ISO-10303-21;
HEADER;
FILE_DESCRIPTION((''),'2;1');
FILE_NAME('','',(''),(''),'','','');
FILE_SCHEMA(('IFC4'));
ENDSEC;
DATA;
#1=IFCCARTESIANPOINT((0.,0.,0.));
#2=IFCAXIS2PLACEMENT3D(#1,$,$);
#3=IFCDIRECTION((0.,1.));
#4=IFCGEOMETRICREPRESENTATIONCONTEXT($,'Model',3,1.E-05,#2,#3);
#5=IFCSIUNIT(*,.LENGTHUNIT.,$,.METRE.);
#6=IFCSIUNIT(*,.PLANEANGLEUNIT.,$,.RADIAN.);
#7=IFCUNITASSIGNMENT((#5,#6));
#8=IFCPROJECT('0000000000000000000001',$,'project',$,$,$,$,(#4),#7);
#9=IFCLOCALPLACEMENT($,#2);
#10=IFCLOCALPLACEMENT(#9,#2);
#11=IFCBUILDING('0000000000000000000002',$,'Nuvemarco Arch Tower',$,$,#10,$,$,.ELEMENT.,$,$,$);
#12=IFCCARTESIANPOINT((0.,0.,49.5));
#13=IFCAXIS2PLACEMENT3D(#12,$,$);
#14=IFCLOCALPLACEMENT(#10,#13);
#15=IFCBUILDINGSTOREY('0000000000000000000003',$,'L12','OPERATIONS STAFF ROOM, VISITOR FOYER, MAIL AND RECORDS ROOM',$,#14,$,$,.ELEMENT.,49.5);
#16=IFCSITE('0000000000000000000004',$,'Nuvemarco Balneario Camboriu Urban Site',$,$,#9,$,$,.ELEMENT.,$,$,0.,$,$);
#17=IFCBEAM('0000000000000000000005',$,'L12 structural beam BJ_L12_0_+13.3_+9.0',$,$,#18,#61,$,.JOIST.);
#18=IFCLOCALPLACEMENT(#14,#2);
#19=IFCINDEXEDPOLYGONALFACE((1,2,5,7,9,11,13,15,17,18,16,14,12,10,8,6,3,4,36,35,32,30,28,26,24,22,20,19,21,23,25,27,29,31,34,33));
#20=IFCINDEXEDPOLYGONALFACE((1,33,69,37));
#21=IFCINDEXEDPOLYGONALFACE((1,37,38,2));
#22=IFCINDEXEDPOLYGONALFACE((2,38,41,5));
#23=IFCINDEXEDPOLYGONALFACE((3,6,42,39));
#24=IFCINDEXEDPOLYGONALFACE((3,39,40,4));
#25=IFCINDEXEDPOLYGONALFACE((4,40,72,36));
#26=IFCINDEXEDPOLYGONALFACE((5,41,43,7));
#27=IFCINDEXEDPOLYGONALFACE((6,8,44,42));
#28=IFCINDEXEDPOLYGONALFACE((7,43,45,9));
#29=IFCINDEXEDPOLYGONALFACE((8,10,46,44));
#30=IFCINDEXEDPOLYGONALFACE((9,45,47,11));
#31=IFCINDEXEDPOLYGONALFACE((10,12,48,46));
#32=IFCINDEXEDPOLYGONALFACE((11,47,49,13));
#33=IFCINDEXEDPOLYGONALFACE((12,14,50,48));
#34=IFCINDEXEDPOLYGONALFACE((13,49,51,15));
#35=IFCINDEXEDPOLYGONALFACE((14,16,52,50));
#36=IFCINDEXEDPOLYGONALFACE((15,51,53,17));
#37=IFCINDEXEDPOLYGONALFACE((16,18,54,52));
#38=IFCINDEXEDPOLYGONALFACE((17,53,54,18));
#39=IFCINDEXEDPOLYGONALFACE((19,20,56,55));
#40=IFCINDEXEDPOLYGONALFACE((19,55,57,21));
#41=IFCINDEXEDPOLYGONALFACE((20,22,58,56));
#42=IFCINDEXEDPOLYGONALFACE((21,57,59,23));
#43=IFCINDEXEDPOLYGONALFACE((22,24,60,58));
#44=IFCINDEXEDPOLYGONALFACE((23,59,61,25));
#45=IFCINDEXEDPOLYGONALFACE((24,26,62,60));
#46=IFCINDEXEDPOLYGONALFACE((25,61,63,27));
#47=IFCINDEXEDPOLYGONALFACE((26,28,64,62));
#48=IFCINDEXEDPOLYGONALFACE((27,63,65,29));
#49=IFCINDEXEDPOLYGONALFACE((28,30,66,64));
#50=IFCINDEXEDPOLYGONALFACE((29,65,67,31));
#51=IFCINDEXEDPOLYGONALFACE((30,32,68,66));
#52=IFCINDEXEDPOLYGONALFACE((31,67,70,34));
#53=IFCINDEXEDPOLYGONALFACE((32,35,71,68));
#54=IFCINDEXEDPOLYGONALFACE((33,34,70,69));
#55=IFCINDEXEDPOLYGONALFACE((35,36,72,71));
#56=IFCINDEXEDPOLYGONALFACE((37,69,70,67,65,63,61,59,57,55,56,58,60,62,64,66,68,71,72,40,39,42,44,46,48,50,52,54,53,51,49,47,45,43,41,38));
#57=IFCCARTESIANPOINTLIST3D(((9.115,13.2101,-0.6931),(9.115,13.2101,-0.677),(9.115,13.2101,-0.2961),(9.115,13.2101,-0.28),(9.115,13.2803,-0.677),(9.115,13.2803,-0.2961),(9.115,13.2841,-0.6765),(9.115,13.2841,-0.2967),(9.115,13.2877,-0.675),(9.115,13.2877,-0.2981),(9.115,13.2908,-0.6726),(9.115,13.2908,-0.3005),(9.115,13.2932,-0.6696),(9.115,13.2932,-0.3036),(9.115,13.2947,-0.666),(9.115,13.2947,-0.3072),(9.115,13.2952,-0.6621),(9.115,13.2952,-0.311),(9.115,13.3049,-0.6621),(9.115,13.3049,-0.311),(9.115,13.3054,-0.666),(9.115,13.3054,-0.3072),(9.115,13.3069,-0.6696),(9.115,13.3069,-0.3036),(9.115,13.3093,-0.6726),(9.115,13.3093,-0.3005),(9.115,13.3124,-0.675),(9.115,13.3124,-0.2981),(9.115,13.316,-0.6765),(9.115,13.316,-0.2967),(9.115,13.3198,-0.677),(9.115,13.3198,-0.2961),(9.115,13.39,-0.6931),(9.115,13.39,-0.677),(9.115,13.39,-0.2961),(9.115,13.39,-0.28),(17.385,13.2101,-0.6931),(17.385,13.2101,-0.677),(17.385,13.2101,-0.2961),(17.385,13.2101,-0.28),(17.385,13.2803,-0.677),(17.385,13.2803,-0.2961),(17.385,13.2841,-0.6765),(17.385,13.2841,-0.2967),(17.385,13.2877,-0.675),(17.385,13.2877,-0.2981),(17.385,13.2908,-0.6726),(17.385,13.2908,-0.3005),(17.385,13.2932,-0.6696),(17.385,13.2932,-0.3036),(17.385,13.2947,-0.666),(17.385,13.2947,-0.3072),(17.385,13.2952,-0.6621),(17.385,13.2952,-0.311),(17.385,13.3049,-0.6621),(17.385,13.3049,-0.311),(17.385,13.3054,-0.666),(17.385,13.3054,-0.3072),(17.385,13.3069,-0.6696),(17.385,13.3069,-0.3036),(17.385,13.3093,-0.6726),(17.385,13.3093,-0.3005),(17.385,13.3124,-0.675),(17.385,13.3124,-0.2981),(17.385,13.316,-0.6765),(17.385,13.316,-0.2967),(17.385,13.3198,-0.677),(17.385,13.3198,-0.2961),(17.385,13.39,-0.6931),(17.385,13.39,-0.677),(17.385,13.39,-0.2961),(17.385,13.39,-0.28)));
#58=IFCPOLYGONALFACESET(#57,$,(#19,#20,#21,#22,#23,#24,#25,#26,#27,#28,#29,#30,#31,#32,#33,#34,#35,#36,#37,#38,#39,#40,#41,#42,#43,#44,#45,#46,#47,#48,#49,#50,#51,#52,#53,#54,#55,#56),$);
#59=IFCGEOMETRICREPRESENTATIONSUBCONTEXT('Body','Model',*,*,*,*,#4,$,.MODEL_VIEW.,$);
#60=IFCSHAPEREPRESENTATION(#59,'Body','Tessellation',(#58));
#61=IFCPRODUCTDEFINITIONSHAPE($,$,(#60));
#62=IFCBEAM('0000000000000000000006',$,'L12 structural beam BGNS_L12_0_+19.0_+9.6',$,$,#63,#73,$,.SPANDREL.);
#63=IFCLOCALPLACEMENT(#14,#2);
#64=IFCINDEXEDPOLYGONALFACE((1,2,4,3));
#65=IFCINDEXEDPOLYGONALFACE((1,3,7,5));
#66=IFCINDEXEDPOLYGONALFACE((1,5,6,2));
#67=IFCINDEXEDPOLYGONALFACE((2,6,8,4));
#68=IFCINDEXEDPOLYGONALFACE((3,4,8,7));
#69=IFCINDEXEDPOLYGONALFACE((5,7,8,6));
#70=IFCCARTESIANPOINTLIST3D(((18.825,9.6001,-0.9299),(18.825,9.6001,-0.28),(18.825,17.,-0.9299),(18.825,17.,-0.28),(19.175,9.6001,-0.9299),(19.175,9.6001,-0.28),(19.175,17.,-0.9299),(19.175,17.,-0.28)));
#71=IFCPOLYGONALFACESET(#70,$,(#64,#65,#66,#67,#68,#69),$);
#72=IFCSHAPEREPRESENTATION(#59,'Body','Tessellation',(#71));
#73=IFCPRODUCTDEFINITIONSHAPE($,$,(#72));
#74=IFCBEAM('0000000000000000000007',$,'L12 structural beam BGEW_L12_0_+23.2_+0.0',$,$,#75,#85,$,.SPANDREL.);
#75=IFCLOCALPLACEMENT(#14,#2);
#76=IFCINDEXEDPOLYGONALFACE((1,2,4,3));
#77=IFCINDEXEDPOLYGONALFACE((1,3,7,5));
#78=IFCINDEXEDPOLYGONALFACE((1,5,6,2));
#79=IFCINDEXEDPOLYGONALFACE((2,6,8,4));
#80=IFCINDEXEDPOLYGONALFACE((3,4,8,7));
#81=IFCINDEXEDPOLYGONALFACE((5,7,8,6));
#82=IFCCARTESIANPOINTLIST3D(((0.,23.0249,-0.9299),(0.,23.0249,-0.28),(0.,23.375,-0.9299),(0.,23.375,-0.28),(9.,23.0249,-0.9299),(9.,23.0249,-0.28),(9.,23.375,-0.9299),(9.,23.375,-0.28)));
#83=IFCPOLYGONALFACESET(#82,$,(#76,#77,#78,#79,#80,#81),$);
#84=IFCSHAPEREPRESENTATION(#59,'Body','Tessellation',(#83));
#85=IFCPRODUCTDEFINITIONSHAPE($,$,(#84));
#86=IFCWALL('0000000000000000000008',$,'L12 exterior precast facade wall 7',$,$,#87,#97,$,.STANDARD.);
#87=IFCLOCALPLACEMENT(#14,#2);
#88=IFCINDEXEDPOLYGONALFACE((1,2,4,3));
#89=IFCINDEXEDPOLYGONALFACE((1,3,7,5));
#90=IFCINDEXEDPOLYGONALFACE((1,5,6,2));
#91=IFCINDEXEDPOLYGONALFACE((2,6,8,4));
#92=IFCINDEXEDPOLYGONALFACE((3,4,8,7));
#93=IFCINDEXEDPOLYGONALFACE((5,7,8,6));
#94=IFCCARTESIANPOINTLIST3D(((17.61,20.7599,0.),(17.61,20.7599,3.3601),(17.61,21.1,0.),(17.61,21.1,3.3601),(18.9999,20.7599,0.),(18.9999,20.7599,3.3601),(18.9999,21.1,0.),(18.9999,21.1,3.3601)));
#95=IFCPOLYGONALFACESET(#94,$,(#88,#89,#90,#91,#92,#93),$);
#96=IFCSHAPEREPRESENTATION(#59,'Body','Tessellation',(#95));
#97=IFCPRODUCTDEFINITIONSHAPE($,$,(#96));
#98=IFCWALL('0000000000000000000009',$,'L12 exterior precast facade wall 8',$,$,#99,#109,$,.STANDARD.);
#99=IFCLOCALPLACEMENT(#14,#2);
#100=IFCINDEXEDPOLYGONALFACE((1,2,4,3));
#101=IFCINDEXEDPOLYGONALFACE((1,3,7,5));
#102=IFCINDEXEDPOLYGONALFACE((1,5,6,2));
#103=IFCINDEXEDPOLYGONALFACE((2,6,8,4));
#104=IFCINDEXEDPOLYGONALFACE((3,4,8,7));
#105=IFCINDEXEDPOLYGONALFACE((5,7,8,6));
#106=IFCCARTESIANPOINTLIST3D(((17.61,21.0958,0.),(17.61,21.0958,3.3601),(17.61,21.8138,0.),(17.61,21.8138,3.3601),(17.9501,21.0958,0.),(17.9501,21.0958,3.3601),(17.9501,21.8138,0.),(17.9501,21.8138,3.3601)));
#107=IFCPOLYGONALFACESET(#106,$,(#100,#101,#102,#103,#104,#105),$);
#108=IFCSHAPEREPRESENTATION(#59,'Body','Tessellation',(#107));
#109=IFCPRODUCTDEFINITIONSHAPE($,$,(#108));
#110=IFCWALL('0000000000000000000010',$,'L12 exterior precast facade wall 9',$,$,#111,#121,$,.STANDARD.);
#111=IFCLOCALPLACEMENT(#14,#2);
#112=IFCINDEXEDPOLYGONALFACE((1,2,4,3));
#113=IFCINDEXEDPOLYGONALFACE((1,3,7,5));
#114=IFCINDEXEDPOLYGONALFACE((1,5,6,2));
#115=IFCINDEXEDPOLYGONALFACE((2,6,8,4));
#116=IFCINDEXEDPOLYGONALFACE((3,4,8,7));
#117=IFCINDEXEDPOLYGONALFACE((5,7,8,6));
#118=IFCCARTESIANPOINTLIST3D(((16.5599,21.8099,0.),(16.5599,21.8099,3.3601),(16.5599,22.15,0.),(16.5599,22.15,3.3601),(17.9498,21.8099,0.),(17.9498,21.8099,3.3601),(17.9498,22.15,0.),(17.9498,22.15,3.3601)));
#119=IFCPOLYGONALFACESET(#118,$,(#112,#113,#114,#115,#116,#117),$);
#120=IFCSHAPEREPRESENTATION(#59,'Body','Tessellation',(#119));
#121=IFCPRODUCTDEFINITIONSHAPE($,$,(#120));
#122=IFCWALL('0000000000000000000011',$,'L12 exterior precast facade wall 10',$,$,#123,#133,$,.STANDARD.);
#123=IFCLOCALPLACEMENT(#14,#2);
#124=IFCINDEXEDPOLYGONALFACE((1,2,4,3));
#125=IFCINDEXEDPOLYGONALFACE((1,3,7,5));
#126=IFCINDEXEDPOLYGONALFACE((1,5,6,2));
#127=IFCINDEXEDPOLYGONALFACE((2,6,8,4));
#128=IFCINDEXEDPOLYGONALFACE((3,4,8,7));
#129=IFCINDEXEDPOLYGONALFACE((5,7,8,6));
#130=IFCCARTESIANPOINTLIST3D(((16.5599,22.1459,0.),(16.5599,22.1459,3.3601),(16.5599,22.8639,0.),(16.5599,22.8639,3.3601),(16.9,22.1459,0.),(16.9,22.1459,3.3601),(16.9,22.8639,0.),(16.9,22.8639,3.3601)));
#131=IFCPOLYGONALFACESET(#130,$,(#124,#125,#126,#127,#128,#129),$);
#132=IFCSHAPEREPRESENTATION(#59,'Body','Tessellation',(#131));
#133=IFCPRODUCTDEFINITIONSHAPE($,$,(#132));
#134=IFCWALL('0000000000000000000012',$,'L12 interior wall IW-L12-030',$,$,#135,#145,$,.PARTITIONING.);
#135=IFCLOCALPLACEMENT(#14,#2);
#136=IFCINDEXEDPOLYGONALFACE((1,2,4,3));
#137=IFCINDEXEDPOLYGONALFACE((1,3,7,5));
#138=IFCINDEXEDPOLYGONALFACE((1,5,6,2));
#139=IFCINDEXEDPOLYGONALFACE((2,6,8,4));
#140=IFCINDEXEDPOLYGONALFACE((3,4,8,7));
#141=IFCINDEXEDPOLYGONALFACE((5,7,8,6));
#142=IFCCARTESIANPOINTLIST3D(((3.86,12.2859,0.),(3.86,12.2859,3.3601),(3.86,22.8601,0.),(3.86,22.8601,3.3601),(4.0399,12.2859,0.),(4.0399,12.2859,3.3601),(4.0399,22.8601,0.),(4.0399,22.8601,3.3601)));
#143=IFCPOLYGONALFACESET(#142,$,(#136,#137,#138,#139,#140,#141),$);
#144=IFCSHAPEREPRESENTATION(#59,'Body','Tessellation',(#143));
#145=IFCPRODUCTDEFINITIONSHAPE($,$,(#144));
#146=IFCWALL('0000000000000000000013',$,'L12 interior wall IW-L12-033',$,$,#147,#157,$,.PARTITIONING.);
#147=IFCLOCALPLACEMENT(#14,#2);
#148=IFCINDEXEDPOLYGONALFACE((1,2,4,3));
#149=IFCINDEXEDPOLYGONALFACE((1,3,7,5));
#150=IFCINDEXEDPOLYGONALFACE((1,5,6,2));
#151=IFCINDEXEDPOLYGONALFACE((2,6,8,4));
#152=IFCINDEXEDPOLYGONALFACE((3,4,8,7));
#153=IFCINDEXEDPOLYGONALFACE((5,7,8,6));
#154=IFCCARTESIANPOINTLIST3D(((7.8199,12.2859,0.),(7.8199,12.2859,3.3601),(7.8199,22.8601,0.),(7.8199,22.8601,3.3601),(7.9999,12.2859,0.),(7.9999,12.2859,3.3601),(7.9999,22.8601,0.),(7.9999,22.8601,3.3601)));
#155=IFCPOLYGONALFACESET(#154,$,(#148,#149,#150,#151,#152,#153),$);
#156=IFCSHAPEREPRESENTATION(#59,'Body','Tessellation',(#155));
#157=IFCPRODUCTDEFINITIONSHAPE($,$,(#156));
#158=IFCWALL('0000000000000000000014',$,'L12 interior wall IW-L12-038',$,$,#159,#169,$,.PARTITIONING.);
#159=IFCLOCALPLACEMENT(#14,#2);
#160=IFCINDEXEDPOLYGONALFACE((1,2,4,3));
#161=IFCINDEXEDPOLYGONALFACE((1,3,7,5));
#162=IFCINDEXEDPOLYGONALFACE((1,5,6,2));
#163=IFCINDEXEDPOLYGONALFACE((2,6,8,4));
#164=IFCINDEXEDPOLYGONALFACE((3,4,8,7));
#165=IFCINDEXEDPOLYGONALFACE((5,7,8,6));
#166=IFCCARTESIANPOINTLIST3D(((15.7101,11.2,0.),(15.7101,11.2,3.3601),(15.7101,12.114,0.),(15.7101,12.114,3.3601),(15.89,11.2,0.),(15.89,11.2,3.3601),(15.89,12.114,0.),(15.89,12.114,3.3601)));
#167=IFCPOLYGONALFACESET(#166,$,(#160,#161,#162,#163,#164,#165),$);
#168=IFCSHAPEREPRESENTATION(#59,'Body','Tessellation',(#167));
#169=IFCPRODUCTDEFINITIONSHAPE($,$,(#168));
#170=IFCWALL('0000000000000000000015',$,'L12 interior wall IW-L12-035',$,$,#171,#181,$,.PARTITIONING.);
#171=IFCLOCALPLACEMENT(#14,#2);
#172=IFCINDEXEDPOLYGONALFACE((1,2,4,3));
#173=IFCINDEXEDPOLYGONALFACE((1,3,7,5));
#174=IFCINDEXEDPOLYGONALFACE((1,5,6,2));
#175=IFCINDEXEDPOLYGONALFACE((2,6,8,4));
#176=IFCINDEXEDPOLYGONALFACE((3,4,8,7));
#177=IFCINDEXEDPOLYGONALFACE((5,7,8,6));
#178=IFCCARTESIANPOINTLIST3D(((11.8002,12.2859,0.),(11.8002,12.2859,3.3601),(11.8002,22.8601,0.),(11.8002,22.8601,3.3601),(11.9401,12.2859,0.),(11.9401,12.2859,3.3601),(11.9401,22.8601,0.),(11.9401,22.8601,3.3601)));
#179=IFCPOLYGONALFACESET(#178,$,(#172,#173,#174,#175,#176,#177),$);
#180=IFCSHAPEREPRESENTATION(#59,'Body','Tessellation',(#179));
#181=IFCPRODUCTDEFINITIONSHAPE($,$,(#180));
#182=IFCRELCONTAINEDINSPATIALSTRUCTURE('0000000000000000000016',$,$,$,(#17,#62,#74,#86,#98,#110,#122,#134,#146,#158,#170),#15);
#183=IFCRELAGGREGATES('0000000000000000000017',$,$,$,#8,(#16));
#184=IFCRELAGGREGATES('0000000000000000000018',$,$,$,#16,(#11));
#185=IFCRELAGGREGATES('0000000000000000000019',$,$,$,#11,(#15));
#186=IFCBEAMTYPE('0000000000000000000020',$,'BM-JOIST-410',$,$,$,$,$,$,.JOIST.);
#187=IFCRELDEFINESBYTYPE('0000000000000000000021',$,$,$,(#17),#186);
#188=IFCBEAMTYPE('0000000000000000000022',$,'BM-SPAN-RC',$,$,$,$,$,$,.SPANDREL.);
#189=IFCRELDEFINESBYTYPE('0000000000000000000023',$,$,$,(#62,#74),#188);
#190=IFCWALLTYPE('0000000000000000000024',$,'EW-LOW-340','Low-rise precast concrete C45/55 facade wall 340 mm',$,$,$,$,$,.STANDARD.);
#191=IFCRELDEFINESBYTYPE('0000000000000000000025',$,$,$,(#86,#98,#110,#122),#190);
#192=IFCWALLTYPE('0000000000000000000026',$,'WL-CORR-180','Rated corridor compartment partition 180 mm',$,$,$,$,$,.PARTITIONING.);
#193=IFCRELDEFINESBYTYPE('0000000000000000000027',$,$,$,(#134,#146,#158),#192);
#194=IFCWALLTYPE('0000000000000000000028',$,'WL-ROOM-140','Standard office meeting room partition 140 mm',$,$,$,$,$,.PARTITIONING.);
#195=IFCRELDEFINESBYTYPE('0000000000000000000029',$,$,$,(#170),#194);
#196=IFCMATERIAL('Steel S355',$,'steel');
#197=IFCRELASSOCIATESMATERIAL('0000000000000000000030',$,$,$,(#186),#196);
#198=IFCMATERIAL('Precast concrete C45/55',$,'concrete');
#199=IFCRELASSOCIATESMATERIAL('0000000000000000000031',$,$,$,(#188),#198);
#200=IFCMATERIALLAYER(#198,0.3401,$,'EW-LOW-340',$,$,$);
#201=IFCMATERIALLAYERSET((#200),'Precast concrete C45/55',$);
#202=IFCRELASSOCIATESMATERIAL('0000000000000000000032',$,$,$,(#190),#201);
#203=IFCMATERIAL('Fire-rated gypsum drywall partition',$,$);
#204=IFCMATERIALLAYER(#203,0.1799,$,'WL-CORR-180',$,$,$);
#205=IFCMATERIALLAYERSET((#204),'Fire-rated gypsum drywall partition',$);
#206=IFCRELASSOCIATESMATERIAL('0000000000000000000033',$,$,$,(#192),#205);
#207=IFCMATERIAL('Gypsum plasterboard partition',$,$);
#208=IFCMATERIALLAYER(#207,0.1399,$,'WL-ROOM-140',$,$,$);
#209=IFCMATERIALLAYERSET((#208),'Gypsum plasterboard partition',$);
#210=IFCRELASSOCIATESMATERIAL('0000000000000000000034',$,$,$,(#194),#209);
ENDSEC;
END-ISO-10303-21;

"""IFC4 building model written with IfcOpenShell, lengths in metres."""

from ifc_helpers import new_model, si_unit, direction, frame, frame_2d, origin, origin_2d, place, context, subcontext, project, spatial, rectangle, i_section, extrude, material, layer, layer_set, material_profile, profile_set, type_object, element, save


model = new_model("IFC4")

# Units and contexts
model_context = context("Model", 3, precision=1e-05, world=origin(), true_north=direction((0.0, 1.0)))
body_context = subcontext(model_context, "Body", "Model", "MODEL_VIEW")
ifc_project = project(units=[si_unit("LENGTHUNIT", "METRE"), si_unit("PLANEANGLEUNIT", "RADIAN")], contexts=[model_context])

# Site, building, storey
site_placement = place(None, origin())
site = spatial("IfcSite", under=ifc_project, at=site_placement, Name="Nuvemarco Balneario Camboriu Urban Site", CompositionType="ELEMENT", RefElevation=0.0)
building_placement = place(site_placement, origin())
building = spatial("IfcBuilding", under=site, at=building_placement, Name="Nuvemarco Arch Tower", CompositionType="ELEMENT")
storey_placement = place(building_placement, frame((0.0, 0.0, 49.5)))
storey = spatial("IfcBuildingStorey", under=building, at=storey_placement, Name="L12", Description="OPERATIONS STAFF ROOM, VISITOR FOYER, MAIL AND RECORDS ROOM", CompositionType="ELEMENT", Elevation=49.5)

# Shared definitions
ifc_material_1 = material(Name="Steel S355", Category="steel")

# Beams
ifc_material_profile_1 = material_profile(ifc_material_1, i_section(OverallWidth=0.1799, OverallDepth=0.4131, WebThickness=0.0098, FlangeThickness=0.0161, FilletRadius=0.0149, at=origin_2d()), Name="W410x75")
ifc_profile_set_1 = profile_set([ifc_material_profile_1], Name="Steel S355")
beam_type_1 = type_object("IfcBeamType", Name="BM-JOIST-410", PredefinedType="JOIST", material=ifc_profile_set_1)
beam_1_placement = place(storey_placement, frame((9.115, 13.3, -0.4866), z_axis=(1.0, 0.0, 0.0), x_axis=(0.0, 1.0, 0.0)))
element("IfcBeam", 1, at=beam_1_placement, inside=storey, type_object=beam_type_1, Name="L12 structural beam BJ_L12_0_+13.3_+9.0", PredefinedType="JOIST", context=body_context, shape_type="SweptSolid", body=[
    extrude(i_section(OverallWidth=0.1799, OverallDepth=0.4131, WebThickness=0.0098, FlangeThickness=0.0161, FilletRadius=0.0149, at=origin_2d()), origin(), (0.0, 0.0, 1.0), 8.27),
])
ifc_material_2 = material(Name="Precast concrete C45/55", Category="concrete")
ifc_material_profile_2 = material_profile(ifc_material_2, rectangle(XDim=0.3501, YDim=0.6499, at=origin_2d()), Name="PC-SP-350x650")
ifc_profile_set_2 = profile_set([ifc_material_profile_2], Name="Precast concrete C45/55")
beam_type_2 = type_object("IfcBeamType", Name="BM-SPAN-RC", PredefinedType="SPANDREL", material=ifc_profile_set_2)
beam_2_placement = place(storey_placement, frame((19.0, 9.6001, -0.605), z_axis=(0.0, 1.0, 0.0), x_axis=(-1.0, 0.0, 0.0)))
element("IfcBeam", 2, at=beam_2_placement, inside=storey, type_object=beam_type_2, Name="L12 structural beam BGNS_L12_0_+19.0_+9.6", PredefinedType="SPANDREL", context=body_context, shape_type="SweptSolid", body=[
    extrude(rectangle(XDim=0.3501, YDim=0.6499, at=origin_2d()), origin(), (0.0, 0.0, 1.0), 7.3999),
])
beam_3_placement = place(storey_placement, frame((0.0, 23.2, -0.605), z_axis=(1.0, 0.0, 0.0), x_axis=(0.0, 1.0, 0.0)))
element("IfcBeam", 3, at=beam_3_placement, inside=storey, type_object=beam_type_2, Name="L12 structural beam BGEW_L12_0_+23.2_+0.0", PredefinedType="SPANDREL", context=body_context, shape_type="SweptSolid", body=[
    extrude(rectangle(XDim=0.3501, YDim=0.6499, at=origin_2d()), origin(), (0.0, 0.0, 1.0), 9.0),
])

# Walls
ifc_layer_1 = layer(ifc_material_2, 0.3401, Name="EW-LOW-340")
ifc_layer_set_1 = layer_set([ifc_layer_1], Name="Precast concrete C45/55")
wall_type_1 = type_object("IfcWallType", Name="EW-LOW-340", Description="Low-rise precast concrete C45/55 facade wall 340 mm", PredefinedType="STANDARD", material=ifc_layer_set_1)
wall_1_placement = place(storey_placement, frame((17.6101, 20.9299, 0.0), z_axis=(0.0, 0.0, 1.0), x_axis=(1.0, 0.0, 0.0)))
element("IfcWall", 4, at=wall_1_placement, inside=storey, type_object=wall_type_1, Name="L12 exterior precast facade wall 7", PredefinedType="STANDARD", context=body_context, shape_type="SweptSolid", body=[
    extrude(rectangle(XDim=1.3899, YDim=0.3401, at=frame_2d((0.6948, 0.0))), origin(), (0.0, 0.0, 1.0), 3.3601),
])
wall_2_placement = place(storey_placement, frame((17.78, 21.0959, 0.0), z_axis=(0.0, 0.0, 1.0), x_axis=(0.0, 1.0, 0.0)))
element("IfcWall", 5, at=wall_2_placement, inside=storey, type_object=wall_type_1, Name="L12 exterior precast facade wall 8", PredefinedType="STANDARD", context=body_context, shape_type="SweptSolid", body=[
    extrude(rectangle(XDim=0.718, YDim=0.3401, at=frame_2d((0.3589, 0.0))), origin(), (0.0, 0.0, 1.0), 3.3601),
])
wall_3_placement = place(storey_placement, frame((16.5601, 21.98, 0.0), z_axis=(0.0, 0.0, 1.0), x_axis=(1.0, 0.0, 0.0)))
element("IfcWall", 6, at=wall_3_placement, inside=storey, type_object=wall_type_1, Name="L12 exterior precast facade wall 9", PredefinedType="STANDARD", context=body_context, shape_type="SweptSolid", body=[
    extrude(rectangle(XDim=1.3899, YDim=0.3401, at=frame_2d((0.6948, 0.0))), origin(), (0.0, 0.0, 1.0), 3.3601),
])
wall_4_placement = place(storey_placement, frame((16.73, 22.146, 0.0), z_axis=(0.0, 0.0, 1.0), x_axis=(0.0, 1.0, 0.0)))
element("IfcWall", 7, at=wall_4_placement, inside=storey, type_object=wall_type_1, Name="L12 exterior precast facade wall 10", PredefinedType="STANDARD", context=body_context, shape_type="SweptSolid", body=[
    extrude(rectangle(XDim=0.718, YDim=0.3401, at=frame_2d((0.3589, 0.0))), origin(), (0.0, 0.0, 1.0), 3.3601),
])
ifc_material_3 = material(Name="Fire-rated gypsum drywall partition")
ifc_layer_2 = layer(ifc_material_3, 0.1799, Name="WL-CORR-180")
ifc_layer_set_2 = layer_set([ifc_layer_2], Name="Fire-rated gypsum drywall partition")
wall_type_2 = type_object("IfcWallType", Name="WL-CORR-180", Description="Rated corridor compartment partition 180 mm", PredefinedType="PARTITIONING", material=ifc_layer_set_2)
for number, where, z_axis, x_axis, name in (
    (8, (3.95, 12.2859, 0.0), (0.0, 0.0, 1.0), (0.0, 1.0, 0.0), "L12 interior wall IW-L12-030"),
    (9, (7.9099, 12.2859, 0.0), (0.0, 0.0, 1.0), (0.0, 1.0, 0.0), "L12 interior wall IW-L12-033"),
):
    element("IfcWall", number, at=place(storey_placement, frame(where, z_axis=z_axis, x_axis=x_axis)), inside=storey, type_object=wall_type_2, Name=name, PredefinedType="PARTITIONING", context=body_context, shape_type="SweptSolid", body=[
        extrude(rectangle(XDim=10.5742, YDim=0.1799, at=frame_2d((5.2871, 0.0))), origin(), (0.0, 0.0, 1.0), 3.3601),
    ])
wall_5_placement = place(storey_placement, frame((15.8, 11.2, 0.0), z_axis=(0.0, 0.0, 1.0), x_axis=(0.0, 1.0, 0.0)))
element("IfcWall", 10, at=wall_5_placement, inside=storey, type_object=wall_type_2, Name="L12 interior wall IW-L12-038", PredefinedType="PARTITIONING", context=body_context, shape_type="SweptSolid", body=[
    extrude(rectangle(XDim=0.9141, YDim=0.1799, at=frame_2d((0.457, 0.0))), origin(), (0.0, 0.0, 1.0), 3.3601),
])
ifc_material_4 = material(Name="Gypsum plasterboard partition")
ifc_layer_3 = layer(ifc_material_4, 0.1399, Name="WL-ROOM-140")
ifc_layer_set_3 = layer_set([ifc_layer_3], Name="Gypsum plasterboard partition")
wall_type_3 = type_object("IfcWallType", Name="WL-ROOM-140", Description="Standard office meeting room partition 140 mm", PredefinedType="PARTITIONING", material=ifc_layer_set_3)
wall_6_placement = place(storey_placement, frame((11.8701, 12.2859, 0.0), z_axis=(0.0, 0.0, 1.0), x_axis=(0.0, 1.0, 0.0)))
element("IfcWall", 11, at=wall_6_placement, inside=storey, type_object=wall_type_3, Name="L12 interior wall IW-L12-035", PredefinedType="PARTITIONING", context=body_context, shape_type="SweptSolid", body=[
    extrude(rectangle(XDim=10.5742, YDim=0.1399, at=frame_2d((5.2871, 0.0))), origin(), (0.0, 0.0, 1.0), 3.3601),
])

save(model, "model.ifc")
